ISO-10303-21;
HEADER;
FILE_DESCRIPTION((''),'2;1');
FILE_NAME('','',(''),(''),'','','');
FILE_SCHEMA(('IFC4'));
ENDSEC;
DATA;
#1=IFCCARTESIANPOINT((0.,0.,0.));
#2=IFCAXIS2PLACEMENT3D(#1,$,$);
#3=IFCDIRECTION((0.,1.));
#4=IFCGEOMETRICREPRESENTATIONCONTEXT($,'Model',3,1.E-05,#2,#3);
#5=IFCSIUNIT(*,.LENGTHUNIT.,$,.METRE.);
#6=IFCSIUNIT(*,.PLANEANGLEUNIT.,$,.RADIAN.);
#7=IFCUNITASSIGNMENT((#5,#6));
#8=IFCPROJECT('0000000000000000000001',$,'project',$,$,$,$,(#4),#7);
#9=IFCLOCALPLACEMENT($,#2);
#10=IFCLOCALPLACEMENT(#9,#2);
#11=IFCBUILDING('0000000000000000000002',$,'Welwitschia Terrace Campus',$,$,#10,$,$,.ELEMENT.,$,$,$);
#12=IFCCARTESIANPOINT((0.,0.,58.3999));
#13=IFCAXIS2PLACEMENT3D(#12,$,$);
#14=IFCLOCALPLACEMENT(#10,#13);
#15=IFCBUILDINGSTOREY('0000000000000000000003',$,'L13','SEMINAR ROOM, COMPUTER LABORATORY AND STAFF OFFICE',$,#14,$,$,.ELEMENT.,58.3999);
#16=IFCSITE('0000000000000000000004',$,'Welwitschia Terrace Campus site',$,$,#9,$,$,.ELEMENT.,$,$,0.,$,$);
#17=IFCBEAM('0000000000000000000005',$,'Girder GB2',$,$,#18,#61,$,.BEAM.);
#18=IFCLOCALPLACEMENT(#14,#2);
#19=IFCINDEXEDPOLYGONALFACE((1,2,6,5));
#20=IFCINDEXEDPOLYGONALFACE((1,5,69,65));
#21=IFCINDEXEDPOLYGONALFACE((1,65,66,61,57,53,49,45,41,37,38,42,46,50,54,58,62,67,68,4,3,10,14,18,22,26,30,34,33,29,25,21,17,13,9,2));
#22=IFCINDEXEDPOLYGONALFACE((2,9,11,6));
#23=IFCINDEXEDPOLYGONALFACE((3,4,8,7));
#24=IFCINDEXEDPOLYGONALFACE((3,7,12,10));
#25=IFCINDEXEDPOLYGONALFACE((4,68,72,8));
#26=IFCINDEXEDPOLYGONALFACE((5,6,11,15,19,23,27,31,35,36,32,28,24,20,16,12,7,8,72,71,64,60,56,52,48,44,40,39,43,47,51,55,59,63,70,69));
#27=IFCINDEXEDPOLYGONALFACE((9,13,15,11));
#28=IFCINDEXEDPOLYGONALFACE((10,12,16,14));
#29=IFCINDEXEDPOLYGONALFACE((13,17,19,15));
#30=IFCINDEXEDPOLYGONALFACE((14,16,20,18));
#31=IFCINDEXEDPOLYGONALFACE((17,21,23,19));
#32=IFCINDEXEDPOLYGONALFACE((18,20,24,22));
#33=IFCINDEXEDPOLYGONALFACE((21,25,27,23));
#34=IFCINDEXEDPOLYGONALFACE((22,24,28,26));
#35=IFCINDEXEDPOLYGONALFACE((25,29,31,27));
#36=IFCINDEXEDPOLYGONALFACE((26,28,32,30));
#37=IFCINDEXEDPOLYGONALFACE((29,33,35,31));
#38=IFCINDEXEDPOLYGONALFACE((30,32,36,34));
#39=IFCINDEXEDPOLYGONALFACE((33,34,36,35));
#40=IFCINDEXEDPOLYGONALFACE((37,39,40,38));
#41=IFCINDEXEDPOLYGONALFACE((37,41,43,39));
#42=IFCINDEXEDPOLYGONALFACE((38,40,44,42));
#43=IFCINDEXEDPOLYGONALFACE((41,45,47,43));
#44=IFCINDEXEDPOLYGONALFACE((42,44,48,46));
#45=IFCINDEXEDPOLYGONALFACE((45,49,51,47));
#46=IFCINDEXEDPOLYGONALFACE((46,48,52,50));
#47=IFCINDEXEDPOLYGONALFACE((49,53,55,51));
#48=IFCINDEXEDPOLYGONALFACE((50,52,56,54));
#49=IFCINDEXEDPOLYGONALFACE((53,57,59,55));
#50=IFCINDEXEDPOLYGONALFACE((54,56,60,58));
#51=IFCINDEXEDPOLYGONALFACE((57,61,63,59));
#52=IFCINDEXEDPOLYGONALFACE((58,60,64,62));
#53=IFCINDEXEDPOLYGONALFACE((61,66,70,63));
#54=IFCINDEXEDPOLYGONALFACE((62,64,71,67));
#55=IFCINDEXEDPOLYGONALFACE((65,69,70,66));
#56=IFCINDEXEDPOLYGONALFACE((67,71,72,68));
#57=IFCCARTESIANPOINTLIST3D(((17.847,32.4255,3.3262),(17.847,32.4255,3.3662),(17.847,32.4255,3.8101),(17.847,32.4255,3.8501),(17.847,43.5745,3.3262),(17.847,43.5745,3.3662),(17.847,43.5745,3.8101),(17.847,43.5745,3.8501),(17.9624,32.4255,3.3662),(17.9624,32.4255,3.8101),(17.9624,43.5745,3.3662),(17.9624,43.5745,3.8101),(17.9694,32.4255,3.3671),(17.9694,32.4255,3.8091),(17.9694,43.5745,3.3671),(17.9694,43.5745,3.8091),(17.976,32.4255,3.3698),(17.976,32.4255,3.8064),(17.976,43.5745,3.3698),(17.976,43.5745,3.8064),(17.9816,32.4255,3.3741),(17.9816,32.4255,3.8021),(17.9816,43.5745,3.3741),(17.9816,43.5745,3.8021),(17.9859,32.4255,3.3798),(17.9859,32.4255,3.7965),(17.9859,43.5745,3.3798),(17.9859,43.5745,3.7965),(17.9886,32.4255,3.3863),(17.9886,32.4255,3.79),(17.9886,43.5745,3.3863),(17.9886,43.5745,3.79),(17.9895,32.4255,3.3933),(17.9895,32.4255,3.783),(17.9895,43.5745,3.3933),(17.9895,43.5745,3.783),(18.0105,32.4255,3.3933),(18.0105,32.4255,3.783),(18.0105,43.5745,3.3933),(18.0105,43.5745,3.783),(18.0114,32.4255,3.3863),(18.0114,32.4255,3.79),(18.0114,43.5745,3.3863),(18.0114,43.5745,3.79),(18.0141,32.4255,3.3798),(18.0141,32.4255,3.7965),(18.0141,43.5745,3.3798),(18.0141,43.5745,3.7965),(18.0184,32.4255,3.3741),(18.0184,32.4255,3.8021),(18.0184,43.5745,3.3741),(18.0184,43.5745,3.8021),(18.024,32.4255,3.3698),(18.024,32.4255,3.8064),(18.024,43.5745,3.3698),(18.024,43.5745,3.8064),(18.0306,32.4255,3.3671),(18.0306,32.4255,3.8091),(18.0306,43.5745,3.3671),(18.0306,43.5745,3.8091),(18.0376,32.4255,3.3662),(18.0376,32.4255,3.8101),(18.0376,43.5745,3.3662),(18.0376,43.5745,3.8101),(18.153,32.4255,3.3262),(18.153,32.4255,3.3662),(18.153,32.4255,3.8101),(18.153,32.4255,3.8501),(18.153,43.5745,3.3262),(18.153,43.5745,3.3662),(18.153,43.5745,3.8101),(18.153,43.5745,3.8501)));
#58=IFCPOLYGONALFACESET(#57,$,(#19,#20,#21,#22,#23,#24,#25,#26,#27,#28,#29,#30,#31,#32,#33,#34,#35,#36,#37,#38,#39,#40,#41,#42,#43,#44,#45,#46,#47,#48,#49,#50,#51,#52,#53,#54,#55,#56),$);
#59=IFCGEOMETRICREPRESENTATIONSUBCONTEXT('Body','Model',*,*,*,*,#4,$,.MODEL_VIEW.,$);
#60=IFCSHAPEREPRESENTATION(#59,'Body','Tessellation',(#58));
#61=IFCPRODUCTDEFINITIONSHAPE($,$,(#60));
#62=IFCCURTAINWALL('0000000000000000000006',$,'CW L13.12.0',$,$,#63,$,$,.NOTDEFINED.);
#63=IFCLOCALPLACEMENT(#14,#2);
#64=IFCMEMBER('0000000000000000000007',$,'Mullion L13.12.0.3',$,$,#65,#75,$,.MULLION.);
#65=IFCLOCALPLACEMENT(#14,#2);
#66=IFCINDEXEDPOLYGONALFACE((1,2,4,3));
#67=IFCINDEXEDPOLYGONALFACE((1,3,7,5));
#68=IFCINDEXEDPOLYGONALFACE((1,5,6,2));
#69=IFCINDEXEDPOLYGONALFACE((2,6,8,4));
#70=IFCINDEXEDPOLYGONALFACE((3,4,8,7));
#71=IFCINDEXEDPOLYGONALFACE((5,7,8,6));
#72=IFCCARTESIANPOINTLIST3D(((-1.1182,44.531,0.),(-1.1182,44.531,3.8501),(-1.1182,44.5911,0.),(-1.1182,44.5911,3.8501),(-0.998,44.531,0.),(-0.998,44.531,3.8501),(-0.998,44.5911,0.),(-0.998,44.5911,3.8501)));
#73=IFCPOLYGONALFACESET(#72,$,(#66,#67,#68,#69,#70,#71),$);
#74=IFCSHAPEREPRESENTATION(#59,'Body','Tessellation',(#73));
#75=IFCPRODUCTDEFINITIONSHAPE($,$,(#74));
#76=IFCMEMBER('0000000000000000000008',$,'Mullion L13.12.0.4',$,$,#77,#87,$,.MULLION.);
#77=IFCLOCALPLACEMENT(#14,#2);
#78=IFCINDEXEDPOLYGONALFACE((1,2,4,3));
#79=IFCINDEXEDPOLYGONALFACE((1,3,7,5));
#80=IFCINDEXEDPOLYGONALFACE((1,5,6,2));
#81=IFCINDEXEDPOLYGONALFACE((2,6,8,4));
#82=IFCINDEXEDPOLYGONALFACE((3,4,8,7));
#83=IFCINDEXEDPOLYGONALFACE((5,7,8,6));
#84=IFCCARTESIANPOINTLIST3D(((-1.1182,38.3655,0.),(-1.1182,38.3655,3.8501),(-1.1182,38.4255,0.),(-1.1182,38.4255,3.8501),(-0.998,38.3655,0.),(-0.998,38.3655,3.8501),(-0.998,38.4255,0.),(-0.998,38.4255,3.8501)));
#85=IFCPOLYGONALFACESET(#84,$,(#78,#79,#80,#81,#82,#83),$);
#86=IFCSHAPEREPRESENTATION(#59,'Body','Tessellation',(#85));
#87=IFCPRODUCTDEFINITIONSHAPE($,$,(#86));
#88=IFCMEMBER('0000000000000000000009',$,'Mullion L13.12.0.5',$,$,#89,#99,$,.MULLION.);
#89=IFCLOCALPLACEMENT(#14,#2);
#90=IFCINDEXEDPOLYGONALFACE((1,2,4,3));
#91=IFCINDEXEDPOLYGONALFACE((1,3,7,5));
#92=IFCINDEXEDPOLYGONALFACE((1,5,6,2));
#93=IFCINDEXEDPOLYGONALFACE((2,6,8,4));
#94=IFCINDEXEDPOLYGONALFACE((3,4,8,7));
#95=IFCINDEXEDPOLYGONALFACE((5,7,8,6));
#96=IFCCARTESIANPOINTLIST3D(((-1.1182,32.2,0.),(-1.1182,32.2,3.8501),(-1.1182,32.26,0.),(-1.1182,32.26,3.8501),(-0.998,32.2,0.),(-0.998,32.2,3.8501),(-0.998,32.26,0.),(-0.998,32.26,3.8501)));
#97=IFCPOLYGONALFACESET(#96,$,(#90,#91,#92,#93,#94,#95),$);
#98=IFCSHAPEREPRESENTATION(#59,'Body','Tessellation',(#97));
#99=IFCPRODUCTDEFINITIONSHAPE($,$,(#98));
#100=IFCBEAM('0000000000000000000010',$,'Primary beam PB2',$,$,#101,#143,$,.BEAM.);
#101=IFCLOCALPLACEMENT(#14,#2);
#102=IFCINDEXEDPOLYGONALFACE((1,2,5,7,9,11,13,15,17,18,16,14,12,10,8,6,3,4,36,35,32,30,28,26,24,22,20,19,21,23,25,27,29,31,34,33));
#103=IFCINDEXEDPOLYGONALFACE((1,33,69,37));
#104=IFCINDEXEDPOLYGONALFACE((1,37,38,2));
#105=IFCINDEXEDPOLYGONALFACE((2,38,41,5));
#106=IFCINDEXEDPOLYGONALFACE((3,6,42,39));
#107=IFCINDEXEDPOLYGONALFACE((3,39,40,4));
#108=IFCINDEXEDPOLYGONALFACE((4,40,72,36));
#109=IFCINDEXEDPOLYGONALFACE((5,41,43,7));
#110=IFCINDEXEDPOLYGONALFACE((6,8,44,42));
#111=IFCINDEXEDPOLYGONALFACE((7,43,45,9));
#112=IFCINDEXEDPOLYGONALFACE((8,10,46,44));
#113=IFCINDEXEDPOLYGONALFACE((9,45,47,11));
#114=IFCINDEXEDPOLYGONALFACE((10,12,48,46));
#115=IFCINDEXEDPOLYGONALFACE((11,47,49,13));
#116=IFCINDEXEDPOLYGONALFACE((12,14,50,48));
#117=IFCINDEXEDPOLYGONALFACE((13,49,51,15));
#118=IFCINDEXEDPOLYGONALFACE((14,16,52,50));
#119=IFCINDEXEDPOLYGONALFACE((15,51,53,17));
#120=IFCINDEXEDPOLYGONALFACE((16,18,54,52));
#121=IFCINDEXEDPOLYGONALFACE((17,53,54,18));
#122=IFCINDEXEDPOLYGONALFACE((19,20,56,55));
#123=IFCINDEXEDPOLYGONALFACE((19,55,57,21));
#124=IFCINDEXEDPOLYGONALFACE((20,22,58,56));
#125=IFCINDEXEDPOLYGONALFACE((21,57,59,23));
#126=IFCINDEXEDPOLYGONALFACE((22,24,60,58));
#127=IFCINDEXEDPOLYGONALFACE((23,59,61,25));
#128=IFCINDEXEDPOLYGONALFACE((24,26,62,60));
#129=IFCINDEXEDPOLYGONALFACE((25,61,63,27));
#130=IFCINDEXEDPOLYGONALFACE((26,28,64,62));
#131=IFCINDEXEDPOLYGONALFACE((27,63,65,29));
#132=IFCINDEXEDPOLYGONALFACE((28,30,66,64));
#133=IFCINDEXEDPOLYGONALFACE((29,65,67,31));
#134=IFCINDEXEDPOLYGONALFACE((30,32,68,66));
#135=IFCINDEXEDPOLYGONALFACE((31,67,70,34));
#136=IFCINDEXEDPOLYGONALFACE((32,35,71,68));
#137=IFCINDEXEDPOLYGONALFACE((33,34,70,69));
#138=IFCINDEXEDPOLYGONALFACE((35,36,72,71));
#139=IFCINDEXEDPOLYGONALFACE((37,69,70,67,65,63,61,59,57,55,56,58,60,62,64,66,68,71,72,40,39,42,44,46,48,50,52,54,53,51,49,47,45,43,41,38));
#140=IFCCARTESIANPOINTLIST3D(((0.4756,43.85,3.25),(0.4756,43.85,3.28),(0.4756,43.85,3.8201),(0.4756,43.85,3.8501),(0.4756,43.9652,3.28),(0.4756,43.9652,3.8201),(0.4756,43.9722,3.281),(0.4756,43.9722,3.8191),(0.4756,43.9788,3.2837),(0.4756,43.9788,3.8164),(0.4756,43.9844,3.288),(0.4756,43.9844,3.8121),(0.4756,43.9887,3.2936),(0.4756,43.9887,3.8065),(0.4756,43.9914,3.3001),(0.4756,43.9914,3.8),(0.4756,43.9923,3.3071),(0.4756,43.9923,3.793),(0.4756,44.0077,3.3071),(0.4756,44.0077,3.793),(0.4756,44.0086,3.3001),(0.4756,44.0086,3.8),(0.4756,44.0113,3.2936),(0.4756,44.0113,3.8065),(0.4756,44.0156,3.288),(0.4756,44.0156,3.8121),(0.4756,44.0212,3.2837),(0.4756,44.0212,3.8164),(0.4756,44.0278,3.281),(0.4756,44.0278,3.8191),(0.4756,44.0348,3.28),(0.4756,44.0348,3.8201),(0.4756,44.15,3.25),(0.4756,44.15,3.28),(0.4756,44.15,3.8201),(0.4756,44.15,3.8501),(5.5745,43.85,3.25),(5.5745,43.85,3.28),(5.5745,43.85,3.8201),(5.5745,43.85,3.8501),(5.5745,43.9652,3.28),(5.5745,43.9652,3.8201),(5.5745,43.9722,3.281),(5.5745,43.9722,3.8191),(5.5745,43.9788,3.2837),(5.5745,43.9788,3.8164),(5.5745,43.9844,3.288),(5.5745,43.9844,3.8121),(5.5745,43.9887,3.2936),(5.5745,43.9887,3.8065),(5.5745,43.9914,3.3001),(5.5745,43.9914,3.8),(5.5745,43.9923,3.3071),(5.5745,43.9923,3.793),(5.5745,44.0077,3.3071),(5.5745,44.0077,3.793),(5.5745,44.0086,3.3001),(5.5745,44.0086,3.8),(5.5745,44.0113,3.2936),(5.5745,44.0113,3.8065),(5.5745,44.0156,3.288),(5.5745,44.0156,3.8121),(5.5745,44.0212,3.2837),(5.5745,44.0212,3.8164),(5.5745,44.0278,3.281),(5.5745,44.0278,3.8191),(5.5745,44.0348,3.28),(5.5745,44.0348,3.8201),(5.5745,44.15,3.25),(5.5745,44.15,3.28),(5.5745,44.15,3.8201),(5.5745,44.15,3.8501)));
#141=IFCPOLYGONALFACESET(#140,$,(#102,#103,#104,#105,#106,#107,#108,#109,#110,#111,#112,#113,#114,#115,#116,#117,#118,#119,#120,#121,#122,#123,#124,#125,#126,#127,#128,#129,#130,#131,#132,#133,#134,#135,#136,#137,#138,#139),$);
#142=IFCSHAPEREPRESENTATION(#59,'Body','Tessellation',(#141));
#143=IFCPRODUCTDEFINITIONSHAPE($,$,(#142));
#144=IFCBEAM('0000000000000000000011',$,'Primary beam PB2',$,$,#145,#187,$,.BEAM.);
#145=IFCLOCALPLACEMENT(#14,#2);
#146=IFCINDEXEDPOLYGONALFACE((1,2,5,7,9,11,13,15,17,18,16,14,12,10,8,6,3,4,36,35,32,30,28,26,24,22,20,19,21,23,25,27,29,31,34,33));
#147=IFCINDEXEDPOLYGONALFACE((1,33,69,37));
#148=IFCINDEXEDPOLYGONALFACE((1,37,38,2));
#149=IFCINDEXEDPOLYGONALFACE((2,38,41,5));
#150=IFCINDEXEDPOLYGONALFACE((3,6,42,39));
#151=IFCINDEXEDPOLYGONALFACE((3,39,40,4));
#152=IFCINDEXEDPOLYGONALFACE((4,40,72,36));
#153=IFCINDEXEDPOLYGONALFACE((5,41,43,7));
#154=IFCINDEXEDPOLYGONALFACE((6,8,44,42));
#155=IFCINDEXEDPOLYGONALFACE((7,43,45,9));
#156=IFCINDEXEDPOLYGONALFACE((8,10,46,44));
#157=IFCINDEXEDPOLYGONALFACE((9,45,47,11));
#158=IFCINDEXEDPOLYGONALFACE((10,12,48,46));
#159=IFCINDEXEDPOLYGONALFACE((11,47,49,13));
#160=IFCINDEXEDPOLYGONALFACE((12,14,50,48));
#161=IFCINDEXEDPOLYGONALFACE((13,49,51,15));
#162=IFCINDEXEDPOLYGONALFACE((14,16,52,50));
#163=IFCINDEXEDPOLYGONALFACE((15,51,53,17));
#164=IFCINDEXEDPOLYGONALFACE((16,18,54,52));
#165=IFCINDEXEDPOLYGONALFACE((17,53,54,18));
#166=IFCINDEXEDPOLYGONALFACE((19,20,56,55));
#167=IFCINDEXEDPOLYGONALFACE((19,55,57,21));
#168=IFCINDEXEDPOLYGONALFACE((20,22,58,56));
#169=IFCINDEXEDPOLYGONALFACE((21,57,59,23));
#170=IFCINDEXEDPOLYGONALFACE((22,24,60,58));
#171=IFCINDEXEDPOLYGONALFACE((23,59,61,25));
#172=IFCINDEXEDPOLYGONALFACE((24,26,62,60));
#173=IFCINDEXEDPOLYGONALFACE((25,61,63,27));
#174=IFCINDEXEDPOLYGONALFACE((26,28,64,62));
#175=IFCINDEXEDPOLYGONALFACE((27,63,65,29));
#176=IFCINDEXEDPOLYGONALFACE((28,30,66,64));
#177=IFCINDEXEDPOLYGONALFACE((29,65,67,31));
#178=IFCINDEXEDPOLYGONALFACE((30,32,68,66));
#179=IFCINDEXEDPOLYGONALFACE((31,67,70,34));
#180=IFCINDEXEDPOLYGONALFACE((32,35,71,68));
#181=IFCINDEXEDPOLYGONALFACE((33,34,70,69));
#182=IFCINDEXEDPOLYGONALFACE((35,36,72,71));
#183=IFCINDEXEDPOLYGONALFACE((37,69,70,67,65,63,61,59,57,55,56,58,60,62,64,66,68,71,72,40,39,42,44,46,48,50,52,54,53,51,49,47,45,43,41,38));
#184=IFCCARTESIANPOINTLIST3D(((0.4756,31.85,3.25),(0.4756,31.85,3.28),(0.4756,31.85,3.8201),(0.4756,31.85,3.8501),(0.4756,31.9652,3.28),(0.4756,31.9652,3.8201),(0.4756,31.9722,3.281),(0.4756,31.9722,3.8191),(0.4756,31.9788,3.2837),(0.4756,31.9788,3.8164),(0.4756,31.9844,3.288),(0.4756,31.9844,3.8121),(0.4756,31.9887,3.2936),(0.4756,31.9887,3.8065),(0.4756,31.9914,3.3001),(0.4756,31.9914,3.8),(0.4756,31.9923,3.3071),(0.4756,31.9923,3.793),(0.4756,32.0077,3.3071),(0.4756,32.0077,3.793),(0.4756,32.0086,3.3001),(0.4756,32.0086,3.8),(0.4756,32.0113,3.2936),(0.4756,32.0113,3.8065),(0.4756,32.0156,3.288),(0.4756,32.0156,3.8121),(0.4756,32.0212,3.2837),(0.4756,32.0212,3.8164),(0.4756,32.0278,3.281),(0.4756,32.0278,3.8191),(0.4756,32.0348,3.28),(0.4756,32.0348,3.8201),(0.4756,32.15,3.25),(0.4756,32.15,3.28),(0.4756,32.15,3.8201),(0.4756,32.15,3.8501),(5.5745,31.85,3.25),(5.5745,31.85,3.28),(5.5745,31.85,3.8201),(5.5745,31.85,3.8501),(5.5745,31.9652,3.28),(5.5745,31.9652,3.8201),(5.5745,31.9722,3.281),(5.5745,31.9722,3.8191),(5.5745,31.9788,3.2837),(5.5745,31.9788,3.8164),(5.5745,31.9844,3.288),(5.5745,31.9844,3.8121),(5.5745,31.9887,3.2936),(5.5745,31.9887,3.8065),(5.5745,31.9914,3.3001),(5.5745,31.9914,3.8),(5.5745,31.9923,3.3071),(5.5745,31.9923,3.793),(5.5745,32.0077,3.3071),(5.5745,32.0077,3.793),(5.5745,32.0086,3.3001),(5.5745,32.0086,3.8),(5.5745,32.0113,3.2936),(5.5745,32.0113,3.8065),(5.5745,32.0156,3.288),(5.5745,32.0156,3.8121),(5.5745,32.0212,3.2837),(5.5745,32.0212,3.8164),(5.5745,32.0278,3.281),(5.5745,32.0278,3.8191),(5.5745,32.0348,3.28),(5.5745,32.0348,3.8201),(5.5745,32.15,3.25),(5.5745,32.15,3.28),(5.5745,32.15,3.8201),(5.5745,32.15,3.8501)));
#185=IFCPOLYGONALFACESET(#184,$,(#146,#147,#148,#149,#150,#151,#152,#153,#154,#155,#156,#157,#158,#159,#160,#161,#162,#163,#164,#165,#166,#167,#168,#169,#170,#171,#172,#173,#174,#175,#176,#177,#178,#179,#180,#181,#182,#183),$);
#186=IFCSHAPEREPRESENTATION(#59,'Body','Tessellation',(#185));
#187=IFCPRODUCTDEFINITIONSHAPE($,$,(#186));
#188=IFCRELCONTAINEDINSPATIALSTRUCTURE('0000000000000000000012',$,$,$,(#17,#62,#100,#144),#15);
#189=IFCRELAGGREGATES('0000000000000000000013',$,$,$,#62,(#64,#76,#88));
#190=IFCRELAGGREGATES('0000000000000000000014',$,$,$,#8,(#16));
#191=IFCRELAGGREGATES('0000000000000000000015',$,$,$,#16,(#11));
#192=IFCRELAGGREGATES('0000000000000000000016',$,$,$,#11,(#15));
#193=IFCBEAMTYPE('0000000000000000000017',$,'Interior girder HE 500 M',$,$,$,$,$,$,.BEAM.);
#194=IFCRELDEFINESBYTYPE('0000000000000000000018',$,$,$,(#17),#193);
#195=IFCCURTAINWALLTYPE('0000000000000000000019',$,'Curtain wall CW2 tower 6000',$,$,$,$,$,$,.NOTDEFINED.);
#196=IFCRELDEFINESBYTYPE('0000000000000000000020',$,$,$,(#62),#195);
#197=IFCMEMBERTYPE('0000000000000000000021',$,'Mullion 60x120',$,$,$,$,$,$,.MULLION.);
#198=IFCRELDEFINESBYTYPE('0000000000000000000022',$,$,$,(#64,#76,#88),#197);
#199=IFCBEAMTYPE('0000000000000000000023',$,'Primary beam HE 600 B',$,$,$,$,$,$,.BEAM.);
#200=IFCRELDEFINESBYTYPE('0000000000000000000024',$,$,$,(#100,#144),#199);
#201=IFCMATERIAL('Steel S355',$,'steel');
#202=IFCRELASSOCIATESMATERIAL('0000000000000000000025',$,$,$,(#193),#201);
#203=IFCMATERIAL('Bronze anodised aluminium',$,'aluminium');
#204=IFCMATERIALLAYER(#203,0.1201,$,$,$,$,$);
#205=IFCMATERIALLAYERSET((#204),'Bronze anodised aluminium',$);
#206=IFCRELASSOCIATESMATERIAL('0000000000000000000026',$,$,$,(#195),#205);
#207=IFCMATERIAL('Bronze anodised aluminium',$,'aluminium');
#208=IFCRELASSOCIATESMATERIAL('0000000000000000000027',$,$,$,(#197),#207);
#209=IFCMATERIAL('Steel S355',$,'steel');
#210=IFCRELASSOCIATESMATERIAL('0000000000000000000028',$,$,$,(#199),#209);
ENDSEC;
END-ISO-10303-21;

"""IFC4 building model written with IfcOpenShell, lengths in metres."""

from ifc_helpers import new_model, si_unit, direction, frame, origin, origin_2d, place, context, subcontext, project, spatial, rectangle, i_section, extrude, material, layer, layer_set, material_profile, profile_set, type_object, element, aggregate, save


model = new_model("IFC4")

# Units and contexts
model_context = context("Model", 3, precision=1e-05, world=origin(), true_north=direction((0.0, 1.0)))
body_context = subcontext(model_context, "Body", "Model", "MODEL_VIEW")
ifc_project = project(units=[si_unit("LENGTHUNIT", "METRE"), si_unit("PLANEANGLEUNIT", "RADIAN")], contexts=[model_context])

# Site, building, storey
site_placement = place(None, origin())
site = spatial("IfcSite", under=ifc_project, at=site_placement, Name="Welwitschia Terrace Campus site", CompositionType="ELEMENT", RefElevation=0.0)
building_placement = place(site_placement, origin())
building = spatial("IfcBuilding", under=site, at=building_placement, Name="Welwitschia Terrace Campus", CompositionType="ELEMENT")
storey_placement = place(building_placement, frame((0.0, 0.0, 58.3999)))
storey = spatial("IfcBuildingStorey", under=building, at=storey_placement, Name="L13", Description="SEMINAR ROOM, COMPUTER LABORATORY AND STAFF OFFICE", CompositionType="ELEMENT", Elevation=58.3999)

# Beam
ifc_material_1 = material(Name="Steel S355", Category="steel")
ifc_material_profile_1 = material_profile(ifc_material_1, i_section(OverallWidth=0.3059, OverallDepth=0.5239, WebThickness=0.021, FlangeThickness=0.04, FilletRadius=0.0271, at=origin_2d()))
ifc_profile_set_1 = profile_set([ifc_material_profile_1], Name="Steel S355")
beam_type_1 = type_object("IfcBeamType", Name="Interior girder HE 500 M", PredefinedType="BEAM", material=ifc_profile_set_1)
for number, where, z_axis, x_axis, name in (
    (1, (18.0, 32.4255, 3.5881), (0.0, 1.0, 0.0), (-1.0, 0.0, 0.0), "Girder GB2"),
):
    element("IfcBeam", number, at=place(storey_placement, frame(where, z_axis=z_axis, x_axis=x_axis)), inside=storey, type_object=beam_type_1, Name=name, PredefinedType="BEAM", context=body_context, shape_type="SweptSolid", body=[
        extrude(i_section(OverallWidth=0.3059, OverallDepth=0.5239, WebThickness=0.021, FlangeThickness=0.04, FilletRadius=0.0271, at=origin_2d()), origin(), (0.0, 0.0, 1.0), 11.1489),
    ])

# Curtain wall, members
ifc_material_2 = material(Name="Bronze anodised aluminium", Category="aluminium")
ifc_layer_1 = layer(ifc_material_2, 0.1201)
ifc_layer_set_1 = layer_set([ifc_layer_1], Name="Bronze anodised aluminium")
curtain_wall_type = type_object("IfcCurtainWallType", Name="Curtain wall CW2 tower 6000", PredefinedType="NOTDEFINED", material=ifc_layer_set_1)
curtain_wall_placement = place(storey_placement, origin())
curtain_wall = element("IfcCurtainWall", 2, at=curtain_wall_placement, inside=storey, type_object=curtain_wall_type, Name="CW L13.12.0", PredefinedType="NOTDEFINED")
ifc_material_3 = material(Name="Bronze anodised aluminium", Category="aluminium")
ifc_material_profile_2 = material_profile(ifc_material_3, rectangle(XDim=0.1201, YDim=0.0601, at=origin_2d()))
ifc_profile_set_2 = profile_set([ifc_material_profile_2], Name="Bronze anodised aluminium")
member_type = type_object("IfcMemberType", Name="Mullion 60x120", PredefinedType="MULLION", material=ifc_profile_set_2)
member_1_placement = place(storey_placement, frame((-1.0581, 44.561, 0.0), z_axis=(0.0, 0.0, 1.0), x_axis=(1.0, 0.0, 0.0)))
member_1 = element("IfcMember", 3, at=member_1_placement, type_object=member_type, Name="Mullion L13.12.0.3", PredefinedType="MULLION", context=body_context, shape_type="SweptSolid", body=[
    extrude(rectangle(XDim=0.1201, YDim=0.0601, at=origin_2d()), origin(), (0.0, 0.0, 1.0), 3.8501),
])
member_2_placement = place(storey_placement, frame((-1.0581, 38.3955, 0.0), z_axis=(0.0, 0.0, 1.0), x_axis=(1.0, 0.0, 0.0)))
member_2 = element("IfcMember", 4, at=member_2_placement, type_object=member_type, Name="Mullion L13.12.0.4", PredefinedType="MULLION", context=body_context, shape_type="SweptSolid", body=[
    extrude(rectangle(XDim=0.1201, YDim=0.0601, at=origin_2d()), origin(), (0.0, 0.0, 1.0), 3.8501),
])
member_3_placement = place(storey_placement, frame((-1.0581, 32.23, 0.0), z_axis=(0.0, 0.0, 1.0), x_axis=(1.0, 0.0, 0.0)))
member_3 = element("IfcMember", 5, at=member_3_placement, type_object=member_type, Name="Mullion L13.12.0.5", PredefinedType="MULLION", context=body_context, shape_type="SweptSolid", body=[
    extrude(rectangle(XDim=0.1201, YDim=0.0601, at=origin_2d()), origin(), (0.0, 0.0, 1.0), 3.8501),
])

# Beams
ifc_material_4 = material(Name="Steel S355", Category="steel")
ifc_material_profile_3 = material_profile(ifc_material_4, i_section(OverallWidth=0.3, OverallDepth=0.6001, WebThickness=0.0154, FlangeThickness=0.03, FilletRadius=0.0271, at=origin_2d()))
ifc_profile_set_3 = profile_set([ifc_material_profile_3], Name="Steel S355")
beam_type_2 = type_object("IfcBeamType", Name="Primary beam HE 600 B", PredefinedType="BEAM", material=ifc_profile_set_3)
for number, where, z_axis, x_axis, name in (
    (6, (0.4756, 44.0, 3.55), (1.0, 0.0, 0.0), (0.0, 1.0, 0.0), "Primary beam PB2"),
    (7, (0.4756, 32.0, 3.55), (1.0, 0.0, 0.0), (0.0, 1.0, 0.0), "Primary beam PB2"),
):
    element("IfcBeam", number, at=place(storey_placement, frame(where, z_axis=z_axis, x_axis=x_axis)), inside=storey, type_object=beam_type_2, Name=name, PredefinedType="BEAM", context=body_context, shape_type="SweptSolid", body=[
        extrude(i_section(OverallWidth=0.3, OverallDepth=0.6001, WebThickness=0.0154, FlangeThickness=0.03, FilletRadius=0.0271, at=origin_2d()), origin(), (0.0, 0.0, 1.0), 5.0989),
    ])

aggregate(curtain_wall, [member_1, member_2, member_3])

save(model, "model.ifc")
